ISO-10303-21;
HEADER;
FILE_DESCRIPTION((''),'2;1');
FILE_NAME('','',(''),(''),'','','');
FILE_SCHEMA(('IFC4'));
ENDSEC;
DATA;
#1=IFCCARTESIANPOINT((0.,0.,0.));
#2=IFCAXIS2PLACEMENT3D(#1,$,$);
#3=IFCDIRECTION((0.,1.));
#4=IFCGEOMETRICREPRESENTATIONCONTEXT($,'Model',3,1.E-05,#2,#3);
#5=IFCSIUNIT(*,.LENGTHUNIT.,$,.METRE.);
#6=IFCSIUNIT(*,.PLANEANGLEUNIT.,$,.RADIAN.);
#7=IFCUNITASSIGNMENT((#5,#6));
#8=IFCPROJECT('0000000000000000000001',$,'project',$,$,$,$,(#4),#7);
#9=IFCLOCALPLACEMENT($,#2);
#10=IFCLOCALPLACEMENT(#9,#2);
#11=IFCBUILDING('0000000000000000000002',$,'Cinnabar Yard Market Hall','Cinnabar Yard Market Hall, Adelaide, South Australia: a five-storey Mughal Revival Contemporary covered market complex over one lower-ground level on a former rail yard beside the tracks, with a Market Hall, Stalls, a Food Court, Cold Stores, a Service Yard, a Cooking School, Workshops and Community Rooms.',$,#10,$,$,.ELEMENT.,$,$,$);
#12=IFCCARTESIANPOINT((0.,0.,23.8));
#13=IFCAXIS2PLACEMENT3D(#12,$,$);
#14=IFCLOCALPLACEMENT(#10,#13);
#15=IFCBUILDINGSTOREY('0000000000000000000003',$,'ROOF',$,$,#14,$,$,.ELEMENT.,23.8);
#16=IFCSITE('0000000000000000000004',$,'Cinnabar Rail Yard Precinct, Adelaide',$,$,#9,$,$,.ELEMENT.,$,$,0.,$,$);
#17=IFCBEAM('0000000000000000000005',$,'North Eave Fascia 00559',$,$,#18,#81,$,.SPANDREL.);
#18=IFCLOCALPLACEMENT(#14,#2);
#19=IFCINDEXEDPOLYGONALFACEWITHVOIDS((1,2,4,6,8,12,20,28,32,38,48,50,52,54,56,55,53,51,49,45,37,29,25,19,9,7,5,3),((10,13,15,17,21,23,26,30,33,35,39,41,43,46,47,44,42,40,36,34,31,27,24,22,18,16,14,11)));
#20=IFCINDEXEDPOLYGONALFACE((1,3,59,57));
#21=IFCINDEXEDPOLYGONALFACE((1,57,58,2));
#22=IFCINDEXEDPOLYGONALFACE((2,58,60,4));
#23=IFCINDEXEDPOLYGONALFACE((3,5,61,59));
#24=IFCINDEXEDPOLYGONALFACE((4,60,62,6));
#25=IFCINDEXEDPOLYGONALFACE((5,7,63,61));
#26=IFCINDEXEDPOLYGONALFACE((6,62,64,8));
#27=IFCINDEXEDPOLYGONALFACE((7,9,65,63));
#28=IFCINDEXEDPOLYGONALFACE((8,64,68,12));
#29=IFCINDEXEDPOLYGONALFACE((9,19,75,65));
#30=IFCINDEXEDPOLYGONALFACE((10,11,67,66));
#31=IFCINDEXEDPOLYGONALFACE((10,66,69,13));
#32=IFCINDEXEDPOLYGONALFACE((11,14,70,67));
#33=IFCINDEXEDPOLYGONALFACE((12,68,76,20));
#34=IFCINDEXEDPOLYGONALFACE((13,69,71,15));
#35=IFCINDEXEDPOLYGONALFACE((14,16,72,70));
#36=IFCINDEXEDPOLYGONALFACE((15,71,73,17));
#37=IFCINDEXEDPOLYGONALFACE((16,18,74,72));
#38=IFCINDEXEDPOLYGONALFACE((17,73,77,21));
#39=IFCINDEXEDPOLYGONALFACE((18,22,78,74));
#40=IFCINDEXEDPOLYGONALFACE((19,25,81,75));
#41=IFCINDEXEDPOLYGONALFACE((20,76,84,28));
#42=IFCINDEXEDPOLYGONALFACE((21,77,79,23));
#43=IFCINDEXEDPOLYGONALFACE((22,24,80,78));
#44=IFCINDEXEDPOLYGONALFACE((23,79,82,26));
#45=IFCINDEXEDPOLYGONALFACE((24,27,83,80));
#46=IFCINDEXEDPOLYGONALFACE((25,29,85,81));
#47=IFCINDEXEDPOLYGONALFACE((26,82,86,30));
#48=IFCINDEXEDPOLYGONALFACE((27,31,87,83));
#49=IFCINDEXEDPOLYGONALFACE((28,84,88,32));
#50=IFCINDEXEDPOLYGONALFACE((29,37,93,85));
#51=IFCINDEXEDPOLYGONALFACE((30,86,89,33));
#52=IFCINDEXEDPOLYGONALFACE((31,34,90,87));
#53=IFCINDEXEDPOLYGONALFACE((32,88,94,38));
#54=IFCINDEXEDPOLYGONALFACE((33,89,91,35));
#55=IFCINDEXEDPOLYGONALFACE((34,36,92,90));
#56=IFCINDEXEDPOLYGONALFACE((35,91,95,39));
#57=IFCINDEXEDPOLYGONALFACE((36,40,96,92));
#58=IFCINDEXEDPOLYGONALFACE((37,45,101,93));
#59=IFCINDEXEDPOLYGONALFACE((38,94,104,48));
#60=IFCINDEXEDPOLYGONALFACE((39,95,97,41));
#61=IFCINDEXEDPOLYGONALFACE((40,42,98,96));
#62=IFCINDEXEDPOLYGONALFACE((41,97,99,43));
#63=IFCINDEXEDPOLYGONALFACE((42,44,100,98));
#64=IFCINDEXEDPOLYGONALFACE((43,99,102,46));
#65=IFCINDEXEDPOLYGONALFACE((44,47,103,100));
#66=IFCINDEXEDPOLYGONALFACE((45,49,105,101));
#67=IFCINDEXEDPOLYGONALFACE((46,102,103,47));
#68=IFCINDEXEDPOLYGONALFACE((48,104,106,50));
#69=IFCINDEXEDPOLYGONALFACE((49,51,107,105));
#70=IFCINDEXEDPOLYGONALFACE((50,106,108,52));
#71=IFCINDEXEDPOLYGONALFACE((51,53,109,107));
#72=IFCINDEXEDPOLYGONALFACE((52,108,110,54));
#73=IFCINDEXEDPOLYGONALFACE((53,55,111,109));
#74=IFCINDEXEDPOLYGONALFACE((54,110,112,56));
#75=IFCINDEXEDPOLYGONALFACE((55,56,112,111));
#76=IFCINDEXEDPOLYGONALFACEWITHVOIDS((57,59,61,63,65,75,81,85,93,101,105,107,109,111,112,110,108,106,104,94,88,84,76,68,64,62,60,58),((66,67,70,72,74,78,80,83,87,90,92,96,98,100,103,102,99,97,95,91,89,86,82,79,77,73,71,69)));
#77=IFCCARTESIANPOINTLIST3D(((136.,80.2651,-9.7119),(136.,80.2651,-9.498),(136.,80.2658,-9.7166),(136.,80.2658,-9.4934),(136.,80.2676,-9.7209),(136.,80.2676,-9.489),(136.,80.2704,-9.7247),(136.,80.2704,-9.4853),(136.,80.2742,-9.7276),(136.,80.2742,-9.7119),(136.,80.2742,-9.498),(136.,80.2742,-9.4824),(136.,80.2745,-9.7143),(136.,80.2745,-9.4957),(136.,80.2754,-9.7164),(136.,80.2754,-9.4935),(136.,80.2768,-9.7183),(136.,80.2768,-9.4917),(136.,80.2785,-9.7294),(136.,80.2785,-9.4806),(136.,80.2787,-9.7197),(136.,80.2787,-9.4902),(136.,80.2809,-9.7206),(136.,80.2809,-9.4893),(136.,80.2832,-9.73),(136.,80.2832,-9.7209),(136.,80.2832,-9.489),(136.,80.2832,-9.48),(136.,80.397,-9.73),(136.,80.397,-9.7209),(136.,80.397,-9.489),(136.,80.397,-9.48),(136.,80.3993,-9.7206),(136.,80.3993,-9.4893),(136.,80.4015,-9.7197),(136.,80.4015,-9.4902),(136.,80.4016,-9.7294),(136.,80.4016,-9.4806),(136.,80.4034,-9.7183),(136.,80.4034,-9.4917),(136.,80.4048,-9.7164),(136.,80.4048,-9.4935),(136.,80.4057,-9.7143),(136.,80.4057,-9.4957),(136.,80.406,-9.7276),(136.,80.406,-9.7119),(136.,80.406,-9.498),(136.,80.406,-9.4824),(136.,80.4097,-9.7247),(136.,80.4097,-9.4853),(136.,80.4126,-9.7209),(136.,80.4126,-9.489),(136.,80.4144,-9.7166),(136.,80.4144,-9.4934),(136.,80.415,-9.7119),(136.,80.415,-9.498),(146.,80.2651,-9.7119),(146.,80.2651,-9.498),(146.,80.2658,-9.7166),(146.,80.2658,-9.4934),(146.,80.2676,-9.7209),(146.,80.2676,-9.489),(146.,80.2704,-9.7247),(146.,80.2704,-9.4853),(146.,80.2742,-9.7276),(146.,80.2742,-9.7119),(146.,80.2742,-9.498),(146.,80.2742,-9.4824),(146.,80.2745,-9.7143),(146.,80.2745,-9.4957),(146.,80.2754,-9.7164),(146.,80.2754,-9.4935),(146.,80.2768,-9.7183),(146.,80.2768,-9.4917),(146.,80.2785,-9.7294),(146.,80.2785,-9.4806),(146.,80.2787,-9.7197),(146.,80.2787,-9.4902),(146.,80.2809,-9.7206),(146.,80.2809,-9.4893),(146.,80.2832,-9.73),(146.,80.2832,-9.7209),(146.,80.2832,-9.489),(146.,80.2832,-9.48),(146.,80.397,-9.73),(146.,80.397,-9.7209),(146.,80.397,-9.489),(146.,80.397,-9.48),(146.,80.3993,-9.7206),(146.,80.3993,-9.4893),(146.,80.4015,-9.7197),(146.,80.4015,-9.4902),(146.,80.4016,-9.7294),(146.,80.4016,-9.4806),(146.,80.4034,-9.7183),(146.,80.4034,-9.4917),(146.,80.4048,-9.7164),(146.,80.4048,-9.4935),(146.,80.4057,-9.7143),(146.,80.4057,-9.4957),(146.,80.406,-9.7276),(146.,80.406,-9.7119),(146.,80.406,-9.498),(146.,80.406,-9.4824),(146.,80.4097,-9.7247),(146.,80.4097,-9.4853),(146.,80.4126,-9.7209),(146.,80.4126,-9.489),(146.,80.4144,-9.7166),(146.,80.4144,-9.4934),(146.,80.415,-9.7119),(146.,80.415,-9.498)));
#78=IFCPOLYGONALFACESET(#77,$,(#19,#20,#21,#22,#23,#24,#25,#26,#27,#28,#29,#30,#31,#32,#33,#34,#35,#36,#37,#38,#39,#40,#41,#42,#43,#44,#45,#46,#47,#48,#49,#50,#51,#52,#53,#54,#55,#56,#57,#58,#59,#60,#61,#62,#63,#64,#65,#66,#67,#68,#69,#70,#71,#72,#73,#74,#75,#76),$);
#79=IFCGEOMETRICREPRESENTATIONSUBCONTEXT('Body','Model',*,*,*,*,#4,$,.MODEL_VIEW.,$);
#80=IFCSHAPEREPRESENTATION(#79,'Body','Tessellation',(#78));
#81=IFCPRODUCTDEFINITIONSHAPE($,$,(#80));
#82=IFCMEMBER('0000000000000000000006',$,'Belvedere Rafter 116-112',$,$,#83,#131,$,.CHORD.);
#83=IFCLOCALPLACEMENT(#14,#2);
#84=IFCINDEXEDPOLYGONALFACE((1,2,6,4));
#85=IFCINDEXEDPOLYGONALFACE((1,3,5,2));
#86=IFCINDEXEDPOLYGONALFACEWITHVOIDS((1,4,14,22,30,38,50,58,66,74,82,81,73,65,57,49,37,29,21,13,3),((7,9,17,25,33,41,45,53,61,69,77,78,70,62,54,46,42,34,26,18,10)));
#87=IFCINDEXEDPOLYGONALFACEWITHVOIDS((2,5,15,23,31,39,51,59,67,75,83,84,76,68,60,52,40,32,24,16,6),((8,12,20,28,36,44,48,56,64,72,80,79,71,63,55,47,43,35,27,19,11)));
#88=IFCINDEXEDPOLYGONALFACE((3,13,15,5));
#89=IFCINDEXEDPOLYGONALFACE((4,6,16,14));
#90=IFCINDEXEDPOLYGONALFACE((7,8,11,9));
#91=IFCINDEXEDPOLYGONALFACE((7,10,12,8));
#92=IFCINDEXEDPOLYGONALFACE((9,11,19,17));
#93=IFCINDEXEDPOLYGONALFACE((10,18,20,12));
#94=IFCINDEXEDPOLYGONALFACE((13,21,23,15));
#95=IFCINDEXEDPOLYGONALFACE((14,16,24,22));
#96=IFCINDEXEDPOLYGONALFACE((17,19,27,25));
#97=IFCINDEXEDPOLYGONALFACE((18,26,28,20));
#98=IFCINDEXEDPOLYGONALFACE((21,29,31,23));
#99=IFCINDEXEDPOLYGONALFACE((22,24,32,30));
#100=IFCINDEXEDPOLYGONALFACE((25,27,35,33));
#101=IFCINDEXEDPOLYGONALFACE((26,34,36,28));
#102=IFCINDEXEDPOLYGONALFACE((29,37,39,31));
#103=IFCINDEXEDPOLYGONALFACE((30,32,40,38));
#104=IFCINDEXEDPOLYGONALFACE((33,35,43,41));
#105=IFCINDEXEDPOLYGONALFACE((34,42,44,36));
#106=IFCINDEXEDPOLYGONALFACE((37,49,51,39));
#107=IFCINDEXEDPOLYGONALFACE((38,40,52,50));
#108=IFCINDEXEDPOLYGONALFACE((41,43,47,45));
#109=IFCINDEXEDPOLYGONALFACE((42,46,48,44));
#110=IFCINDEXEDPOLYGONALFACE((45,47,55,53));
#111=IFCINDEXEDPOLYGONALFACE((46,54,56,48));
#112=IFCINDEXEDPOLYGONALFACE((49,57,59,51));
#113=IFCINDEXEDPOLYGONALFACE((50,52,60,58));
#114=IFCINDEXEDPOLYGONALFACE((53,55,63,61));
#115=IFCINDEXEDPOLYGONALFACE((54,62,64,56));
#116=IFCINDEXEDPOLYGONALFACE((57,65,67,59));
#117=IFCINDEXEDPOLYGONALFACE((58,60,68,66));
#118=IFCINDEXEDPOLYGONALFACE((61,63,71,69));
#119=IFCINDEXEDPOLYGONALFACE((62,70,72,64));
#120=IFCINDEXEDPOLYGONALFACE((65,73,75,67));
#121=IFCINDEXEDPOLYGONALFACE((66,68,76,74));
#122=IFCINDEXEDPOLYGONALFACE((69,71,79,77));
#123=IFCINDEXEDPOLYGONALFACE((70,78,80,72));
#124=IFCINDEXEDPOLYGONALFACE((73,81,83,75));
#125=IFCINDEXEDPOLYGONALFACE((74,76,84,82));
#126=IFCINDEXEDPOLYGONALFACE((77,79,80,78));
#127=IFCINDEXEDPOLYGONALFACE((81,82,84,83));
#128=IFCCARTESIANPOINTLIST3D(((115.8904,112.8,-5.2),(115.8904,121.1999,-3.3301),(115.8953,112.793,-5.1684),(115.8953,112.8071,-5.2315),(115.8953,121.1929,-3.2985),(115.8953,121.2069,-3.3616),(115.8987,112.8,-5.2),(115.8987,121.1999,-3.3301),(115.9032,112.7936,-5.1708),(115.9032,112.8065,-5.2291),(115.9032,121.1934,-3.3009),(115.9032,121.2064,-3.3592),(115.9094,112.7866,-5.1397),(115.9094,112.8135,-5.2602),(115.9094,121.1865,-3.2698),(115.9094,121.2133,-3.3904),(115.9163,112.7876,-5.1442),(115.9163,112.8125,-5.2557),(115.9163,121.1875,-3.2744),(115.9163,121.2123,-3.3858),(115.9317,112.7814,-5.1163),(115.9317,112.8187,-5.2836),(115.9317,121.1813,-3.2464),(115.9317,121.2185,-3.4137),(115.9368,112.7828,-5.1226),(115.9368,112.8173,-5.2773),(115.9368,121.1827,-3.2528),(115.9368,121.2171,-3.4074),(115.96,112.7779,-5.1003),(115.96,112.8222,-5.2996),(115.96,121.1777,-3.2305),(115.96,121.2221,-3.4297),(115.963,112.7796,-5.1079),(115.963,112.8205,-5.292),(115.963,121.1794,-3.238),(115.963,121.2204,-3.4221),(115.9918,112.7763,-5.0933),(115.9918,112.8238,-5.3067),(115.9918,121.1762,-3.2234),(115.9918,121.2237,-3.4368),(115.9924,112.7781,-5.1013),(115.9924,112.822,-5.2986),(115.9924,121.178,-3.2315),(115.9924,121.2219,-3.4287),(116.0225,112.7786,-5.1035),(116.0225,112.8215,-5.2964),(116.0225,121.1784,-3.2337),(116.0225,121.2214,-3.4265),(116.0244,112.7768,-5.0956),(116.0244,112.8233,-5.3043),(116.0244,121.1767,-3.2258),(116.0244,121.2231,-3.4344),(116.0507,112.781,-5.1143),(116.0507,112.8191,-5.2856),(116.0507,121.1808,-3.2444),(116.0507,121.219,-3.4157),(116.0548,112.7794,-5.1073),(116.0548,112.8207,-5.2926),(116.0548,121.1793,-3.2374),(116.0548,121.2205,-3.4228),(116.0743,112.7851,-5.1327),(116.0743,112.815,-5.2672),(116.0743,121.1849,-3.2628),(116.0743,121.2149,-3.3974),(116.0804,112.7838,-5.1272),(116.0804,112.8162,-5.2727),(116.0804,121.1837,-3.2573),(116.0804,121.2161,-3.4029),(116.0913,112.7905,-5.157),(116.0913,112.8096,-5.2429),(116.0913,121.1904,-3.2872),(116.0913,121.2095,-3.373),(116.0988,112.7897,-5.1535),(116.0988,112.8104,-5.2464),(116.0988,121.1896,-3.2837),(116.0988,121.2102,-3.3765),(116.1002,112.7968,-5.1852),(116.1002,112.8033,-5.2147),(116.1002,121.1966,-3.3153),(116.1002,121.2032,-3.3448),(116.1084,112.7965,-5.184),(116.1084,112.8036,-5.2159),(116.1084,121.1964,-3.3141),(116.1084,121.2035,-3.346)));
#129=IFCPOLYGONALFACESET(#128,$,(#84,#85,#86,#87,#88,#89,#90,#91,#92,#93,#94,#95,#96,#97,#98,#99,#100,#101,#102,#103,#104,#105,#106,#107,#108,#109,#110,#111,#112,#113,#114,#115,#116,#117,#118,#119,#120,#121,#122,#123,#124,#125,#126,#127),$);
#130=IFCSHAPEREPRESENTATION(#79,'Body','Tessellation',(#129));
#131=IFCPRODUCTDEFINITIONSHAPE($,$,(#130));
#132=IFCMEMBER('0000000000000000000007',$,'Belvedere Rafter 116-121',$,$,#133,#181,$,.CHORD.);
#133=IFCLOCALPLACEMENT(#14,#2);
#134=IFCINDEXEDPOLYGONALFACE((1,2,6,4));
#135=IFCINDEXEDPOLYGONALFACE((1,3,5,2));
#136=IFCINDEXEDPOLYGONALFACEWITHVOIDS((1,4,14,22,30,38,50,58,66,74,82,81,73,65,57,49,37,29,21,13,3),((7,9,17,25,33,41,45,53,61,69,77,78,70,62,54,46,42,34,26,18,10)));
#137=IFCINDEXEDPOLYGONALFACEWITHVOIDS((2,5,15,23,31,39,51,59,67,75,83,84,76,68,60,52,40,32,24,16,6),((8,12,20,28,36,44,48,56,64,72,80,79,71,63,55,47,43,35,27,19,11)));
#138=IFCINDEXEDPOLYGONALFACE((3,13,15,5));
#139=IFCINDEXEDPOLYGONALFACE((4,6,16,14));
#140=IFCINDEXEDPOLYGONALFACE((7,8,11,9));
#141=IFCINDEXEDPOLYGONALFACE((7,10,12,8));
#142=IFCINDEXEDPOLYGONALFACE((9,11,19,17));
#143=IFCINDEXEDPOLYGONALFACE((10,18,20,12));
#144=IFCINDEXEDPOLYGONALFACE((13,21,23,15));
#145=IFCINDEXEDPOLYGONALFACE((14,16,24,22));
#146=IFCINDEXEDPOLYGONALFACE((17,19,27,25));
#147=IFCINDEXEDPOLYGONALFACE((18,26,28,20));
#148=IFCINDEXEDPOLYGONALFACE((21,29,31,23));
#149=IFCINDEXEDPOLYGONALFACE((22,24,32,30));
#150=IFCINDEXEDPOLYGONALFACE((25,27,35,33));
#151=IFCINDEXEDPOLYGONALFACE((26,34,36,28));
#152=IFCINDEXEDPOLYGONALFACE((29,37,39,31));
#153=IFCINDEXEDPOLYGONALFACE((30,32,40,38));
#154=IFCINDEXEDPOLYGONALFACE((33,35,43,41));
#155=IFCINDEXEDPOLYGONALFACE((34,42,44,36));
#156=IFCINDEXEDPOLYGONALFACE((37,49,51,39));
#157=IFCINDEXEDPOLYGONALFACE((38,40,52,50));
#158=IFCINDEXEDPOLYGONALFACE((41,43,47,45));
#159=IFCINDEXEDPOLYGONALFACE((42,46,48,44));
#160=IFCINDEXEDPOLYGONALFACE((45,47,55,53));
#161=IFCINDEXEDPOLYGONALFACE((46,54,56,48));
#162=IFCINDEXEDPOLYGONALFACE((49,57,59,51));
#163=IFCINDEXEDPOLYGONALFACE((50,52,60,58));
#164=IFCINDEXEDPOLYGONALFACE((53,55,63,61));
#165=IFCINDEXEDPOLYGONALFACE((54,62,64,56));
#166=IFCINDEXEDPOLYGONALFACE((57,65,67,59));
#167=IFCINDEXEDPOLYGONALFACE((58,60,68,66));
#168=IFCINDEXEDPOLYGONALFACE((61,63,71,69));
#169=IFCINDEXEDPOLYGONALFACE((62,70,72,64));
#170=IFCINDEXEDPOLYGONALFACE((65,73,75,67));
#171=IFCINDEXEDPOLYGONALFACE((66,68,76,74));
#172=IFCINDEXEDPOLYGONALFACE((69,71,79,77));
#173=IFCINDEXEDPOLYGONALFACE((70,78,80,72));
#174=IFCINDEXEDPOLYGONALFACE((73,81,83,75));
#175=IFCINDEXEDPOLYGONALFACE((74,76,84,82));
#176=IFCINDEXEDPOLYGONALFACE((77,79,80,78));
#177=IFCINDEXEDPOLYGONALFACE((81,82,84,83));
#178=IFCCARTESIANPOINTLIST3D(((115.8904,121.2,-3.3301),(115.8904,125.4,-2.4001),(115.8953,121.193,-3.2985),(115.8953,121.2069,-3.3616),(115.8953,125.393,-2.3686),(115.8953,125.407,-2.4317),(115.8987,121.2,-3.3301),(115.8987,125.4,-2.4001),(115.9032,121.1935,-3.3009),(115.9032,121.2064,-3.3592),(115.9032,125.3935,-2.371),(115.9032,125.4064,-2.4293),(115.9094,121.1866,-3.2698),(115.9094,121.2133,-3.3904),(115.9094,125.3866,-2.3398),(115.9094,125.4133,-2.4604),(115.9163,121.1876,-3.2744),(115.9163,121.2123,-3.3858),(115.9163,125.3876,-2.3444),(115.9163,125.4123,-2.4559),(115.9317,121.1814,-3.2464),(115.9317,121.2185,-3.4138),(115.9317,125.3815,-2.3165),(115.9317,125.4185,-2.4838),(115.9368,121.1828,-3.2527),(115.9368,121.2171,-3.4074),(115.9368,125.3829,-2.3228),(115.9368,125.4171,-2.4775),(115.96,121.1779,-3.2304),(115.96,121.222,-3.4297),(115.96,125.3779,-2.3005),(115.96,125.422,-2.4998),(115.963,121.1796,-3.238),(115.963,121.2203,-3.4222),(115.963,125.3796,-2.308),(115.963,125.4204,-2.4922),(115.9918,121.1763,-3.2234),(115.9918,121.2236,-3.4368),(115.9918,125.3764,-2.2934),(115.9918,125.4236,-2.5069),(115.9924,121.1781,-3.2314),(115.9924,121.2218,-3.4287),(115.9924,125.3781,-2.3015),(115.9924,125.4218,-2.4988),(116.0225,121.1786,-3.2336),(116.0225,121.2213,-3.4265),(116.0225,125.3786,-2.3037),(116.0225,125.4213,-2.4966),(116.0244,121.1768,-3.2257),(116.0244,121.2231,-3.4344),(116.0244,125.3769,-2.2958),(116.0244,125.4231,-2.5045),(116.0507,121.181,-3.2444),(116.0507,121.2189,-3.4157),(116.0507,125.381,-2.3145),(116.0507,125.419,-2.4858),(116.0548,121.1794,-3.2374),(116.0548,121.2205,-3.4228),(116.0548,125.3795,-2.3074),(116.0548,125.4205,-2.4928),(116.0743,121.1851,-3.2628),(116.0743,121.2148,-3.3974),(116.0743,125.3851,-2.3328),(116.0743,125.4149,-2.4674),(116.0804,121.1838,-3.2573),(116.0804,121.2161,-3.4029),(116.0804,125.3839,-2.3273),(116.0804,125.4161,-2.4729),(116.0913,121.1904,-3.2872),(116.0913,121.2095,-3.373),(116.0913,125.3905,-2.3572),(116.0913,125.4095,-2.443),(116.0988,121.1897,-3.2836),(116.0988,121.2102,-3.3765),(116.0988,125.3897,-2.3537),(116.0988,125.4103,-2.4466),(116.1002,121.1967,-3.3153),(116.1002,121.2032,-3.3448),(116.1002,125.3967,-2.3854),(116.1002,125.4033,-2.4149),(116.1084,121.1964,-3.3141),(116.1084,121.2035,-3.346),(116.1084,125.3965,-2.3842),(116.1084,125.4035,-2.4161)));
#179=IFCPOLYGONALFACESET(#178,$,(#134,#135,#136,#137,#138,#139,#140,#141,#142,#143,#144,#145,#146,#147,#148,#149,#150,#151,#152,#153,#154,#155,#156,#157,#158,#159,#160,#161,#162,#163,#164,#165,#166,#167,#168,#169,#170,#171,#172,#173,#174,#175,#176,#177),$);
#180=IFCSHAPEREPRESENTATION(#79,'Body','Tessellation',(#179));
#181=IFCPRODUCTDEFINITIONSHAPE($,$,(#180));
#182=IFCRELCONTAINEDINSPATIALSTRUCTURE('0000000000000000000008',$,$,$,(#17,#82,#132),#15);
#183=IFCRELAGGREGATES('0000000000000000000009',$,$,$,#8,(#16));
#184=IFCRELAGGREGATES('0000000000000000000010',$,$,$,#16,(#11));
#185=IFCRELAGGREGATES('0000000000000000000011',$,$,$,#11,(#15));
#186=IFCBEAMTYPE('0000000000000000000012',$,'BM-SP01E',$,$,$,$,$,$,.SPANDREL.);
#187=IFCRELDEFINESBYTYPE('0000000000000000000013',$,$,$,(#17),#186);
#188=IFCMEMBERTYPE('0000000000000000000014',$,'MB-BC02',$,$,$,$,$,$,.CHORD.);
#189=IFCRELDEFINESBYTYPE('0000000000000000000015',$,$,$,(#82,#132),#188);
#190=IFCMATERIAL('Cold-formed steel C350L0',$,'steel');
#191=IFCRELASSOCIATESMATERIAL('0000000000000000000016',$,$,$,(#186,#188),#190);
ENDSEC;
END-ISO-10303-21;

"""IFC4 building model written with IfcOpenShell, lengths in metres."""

from ifc_helpers import new_model, si_unit, direction, frame, origin, origin_2d_with_axis, place, context, subcontext, project, spatial, hollow_rectangle, hollow_circle, extrude, material, material_profile, profile_set, type_object, element, save


model = new_model("IFC4")

# Units and contexts
model_context = context("Model", 3, precision=1e-05, world=origin(), true_north=direction((0.0, 1.0)))
body_context = subcontext(model_context, "Body", "Model", "MODEL_VIEW")
ifc_project = project(units=[si_unit("LENGTHUNIT", "METRE"), si_unit("PLANEANGLEUNIT", "RADIAN")], contexts=[model_context])

# Site, building, storey
site_placement = place(None, origin())
site = spatial("IfcSite", under=ifc_project, at=site_placement, Name="Cinnabar Rail Yard Precinct, Adelaide", CompositionType="ELEMENT", RefElevation=0.0)
building_placement = place(site_placement, origin())
building = spatial("IfcBuilding", under=site, at=building_placement, Name="Cinnabar Yard Market Hall", Description="Cinnabar Yard Market Hall, Adelaide, South Australia: a five-storey Mughal Revival Contemporary covered market complex over one lower-ground level on a former rail yard beside the tracks, with a Market Hall, Stalls, a Food Court, Cold Stores, a Service Yard, a Cooking School, Workshops and Community Rooms.", CompositionType="ELEMENT")
storey_placement = place(building_placement, frame((0.0, 0.0, 23.8)))
storey = spatial("IfcBuildingStorey", under=building, at=storey_placement, Name="ROOF", CompositionType="ELEMENT", Elevation=23.8)

# Beam
ifc_material_1 = material(Name="Cold-formed steel C350L0", Category="steel")
ifc_material_profile_1 = material_profile(ifc_material_1, hollow_rectangle(XDim=0.1499, YDim=0.25, WallThickness=0.009, InnerFilletRadius=0.009, OuterFilletRadius=0.0181, at=origin_2d_with_axis()), Name="250x150x9.0RHS")
ifc_profile_set_1 = profile_set([ifc_material_profile_1], Name="Cold-formed steel C350L0")
beam_type_1 = type_object("IfcBeamType", Name="BM-SP01E", PredefinedType="SPANDREL", material=ifc_profile_set_1)
beam_1_placement = place(storey_placement, frame((136.0, 80.3401, -9.605), z_axis=(1.0, 0.0, 0.0), x_axis=(0.0, 1.0, 0.0)))
element("IfcBeam", 1, at=beam_1_placement, inside=storey, type_object=beam_type_1, Name="North Eave Fascia 00559", PredefinedType="SPANDREL", context=body_context, shape_type="SweptSolid", body=[
    extrude(hollow_rectangle(XDim=0.1499, YDim=0.25, WallThickness=0.009, InnerFilletRadius=0.009, OuterFilletRadius=0.0181, at=origin_2d_with_axis()), origin(), (0.0, 0.0, 1.0), 10.0),
])

# Members
ifc_material_profile_2 = material_profile(ifc_material_1, hollow_circle(Radius=0.1096, WallThickness=0.0083, at=origin_2d_with_axis()), Name="219.1x8.2CHS")
ifc_profile_set_2 = profile_set([ifc_material_profile_2], Name="Cold-formed steel C350L0")
member_type_1 = type_object("IfcMemberType", Name="MB-BC02", PredefinedType="CHORD", material=ifc_profile_set_2)
member_1_placement = place(storey_placement, frame((116.0, 112.8, -5.2), z_axis=(0.0, 0.976108, 0.217288), x_axis=(-1.0, 0.0, 0.0)))
element("IfcMember", 2, at=member_1_placement, inside=storey, type_object=member_type_1, Name="Belvedere Rafter 116-112", PredefinedType="CHORD", context=body_context, shape_type="SweptSolid", body=[
    extrude(hollow_circle(Radius=0.1096, WallThickness=0.0083, at=origin_2d_with_axis()), origin(), (0.0, 0.0, 1.0), 8.6055),
])
member_2_placement = place(storey_placement, frame((116.0, 121.2, -3.3301), z_axis=(0.0, 0.976354, 0.216179), x_axis=(-1.0, 0.0, 0.0)))
element("IfcMember", 3, at=member_2_placement, inside=storey, type_object=member_type_1, Name="Belvedere Rafter 116-121", PredefinedType="CHORD", context=body_context, shape_type="SweptSolid", body=[
    extrude(hollow_circle(Radius=0.1096, WallThickness=0.0083, at=origin_2d_with_axis()), origin(), (0.0, 0.0, 1.0), 4.3018),
])

save(model, "model.ifc")
